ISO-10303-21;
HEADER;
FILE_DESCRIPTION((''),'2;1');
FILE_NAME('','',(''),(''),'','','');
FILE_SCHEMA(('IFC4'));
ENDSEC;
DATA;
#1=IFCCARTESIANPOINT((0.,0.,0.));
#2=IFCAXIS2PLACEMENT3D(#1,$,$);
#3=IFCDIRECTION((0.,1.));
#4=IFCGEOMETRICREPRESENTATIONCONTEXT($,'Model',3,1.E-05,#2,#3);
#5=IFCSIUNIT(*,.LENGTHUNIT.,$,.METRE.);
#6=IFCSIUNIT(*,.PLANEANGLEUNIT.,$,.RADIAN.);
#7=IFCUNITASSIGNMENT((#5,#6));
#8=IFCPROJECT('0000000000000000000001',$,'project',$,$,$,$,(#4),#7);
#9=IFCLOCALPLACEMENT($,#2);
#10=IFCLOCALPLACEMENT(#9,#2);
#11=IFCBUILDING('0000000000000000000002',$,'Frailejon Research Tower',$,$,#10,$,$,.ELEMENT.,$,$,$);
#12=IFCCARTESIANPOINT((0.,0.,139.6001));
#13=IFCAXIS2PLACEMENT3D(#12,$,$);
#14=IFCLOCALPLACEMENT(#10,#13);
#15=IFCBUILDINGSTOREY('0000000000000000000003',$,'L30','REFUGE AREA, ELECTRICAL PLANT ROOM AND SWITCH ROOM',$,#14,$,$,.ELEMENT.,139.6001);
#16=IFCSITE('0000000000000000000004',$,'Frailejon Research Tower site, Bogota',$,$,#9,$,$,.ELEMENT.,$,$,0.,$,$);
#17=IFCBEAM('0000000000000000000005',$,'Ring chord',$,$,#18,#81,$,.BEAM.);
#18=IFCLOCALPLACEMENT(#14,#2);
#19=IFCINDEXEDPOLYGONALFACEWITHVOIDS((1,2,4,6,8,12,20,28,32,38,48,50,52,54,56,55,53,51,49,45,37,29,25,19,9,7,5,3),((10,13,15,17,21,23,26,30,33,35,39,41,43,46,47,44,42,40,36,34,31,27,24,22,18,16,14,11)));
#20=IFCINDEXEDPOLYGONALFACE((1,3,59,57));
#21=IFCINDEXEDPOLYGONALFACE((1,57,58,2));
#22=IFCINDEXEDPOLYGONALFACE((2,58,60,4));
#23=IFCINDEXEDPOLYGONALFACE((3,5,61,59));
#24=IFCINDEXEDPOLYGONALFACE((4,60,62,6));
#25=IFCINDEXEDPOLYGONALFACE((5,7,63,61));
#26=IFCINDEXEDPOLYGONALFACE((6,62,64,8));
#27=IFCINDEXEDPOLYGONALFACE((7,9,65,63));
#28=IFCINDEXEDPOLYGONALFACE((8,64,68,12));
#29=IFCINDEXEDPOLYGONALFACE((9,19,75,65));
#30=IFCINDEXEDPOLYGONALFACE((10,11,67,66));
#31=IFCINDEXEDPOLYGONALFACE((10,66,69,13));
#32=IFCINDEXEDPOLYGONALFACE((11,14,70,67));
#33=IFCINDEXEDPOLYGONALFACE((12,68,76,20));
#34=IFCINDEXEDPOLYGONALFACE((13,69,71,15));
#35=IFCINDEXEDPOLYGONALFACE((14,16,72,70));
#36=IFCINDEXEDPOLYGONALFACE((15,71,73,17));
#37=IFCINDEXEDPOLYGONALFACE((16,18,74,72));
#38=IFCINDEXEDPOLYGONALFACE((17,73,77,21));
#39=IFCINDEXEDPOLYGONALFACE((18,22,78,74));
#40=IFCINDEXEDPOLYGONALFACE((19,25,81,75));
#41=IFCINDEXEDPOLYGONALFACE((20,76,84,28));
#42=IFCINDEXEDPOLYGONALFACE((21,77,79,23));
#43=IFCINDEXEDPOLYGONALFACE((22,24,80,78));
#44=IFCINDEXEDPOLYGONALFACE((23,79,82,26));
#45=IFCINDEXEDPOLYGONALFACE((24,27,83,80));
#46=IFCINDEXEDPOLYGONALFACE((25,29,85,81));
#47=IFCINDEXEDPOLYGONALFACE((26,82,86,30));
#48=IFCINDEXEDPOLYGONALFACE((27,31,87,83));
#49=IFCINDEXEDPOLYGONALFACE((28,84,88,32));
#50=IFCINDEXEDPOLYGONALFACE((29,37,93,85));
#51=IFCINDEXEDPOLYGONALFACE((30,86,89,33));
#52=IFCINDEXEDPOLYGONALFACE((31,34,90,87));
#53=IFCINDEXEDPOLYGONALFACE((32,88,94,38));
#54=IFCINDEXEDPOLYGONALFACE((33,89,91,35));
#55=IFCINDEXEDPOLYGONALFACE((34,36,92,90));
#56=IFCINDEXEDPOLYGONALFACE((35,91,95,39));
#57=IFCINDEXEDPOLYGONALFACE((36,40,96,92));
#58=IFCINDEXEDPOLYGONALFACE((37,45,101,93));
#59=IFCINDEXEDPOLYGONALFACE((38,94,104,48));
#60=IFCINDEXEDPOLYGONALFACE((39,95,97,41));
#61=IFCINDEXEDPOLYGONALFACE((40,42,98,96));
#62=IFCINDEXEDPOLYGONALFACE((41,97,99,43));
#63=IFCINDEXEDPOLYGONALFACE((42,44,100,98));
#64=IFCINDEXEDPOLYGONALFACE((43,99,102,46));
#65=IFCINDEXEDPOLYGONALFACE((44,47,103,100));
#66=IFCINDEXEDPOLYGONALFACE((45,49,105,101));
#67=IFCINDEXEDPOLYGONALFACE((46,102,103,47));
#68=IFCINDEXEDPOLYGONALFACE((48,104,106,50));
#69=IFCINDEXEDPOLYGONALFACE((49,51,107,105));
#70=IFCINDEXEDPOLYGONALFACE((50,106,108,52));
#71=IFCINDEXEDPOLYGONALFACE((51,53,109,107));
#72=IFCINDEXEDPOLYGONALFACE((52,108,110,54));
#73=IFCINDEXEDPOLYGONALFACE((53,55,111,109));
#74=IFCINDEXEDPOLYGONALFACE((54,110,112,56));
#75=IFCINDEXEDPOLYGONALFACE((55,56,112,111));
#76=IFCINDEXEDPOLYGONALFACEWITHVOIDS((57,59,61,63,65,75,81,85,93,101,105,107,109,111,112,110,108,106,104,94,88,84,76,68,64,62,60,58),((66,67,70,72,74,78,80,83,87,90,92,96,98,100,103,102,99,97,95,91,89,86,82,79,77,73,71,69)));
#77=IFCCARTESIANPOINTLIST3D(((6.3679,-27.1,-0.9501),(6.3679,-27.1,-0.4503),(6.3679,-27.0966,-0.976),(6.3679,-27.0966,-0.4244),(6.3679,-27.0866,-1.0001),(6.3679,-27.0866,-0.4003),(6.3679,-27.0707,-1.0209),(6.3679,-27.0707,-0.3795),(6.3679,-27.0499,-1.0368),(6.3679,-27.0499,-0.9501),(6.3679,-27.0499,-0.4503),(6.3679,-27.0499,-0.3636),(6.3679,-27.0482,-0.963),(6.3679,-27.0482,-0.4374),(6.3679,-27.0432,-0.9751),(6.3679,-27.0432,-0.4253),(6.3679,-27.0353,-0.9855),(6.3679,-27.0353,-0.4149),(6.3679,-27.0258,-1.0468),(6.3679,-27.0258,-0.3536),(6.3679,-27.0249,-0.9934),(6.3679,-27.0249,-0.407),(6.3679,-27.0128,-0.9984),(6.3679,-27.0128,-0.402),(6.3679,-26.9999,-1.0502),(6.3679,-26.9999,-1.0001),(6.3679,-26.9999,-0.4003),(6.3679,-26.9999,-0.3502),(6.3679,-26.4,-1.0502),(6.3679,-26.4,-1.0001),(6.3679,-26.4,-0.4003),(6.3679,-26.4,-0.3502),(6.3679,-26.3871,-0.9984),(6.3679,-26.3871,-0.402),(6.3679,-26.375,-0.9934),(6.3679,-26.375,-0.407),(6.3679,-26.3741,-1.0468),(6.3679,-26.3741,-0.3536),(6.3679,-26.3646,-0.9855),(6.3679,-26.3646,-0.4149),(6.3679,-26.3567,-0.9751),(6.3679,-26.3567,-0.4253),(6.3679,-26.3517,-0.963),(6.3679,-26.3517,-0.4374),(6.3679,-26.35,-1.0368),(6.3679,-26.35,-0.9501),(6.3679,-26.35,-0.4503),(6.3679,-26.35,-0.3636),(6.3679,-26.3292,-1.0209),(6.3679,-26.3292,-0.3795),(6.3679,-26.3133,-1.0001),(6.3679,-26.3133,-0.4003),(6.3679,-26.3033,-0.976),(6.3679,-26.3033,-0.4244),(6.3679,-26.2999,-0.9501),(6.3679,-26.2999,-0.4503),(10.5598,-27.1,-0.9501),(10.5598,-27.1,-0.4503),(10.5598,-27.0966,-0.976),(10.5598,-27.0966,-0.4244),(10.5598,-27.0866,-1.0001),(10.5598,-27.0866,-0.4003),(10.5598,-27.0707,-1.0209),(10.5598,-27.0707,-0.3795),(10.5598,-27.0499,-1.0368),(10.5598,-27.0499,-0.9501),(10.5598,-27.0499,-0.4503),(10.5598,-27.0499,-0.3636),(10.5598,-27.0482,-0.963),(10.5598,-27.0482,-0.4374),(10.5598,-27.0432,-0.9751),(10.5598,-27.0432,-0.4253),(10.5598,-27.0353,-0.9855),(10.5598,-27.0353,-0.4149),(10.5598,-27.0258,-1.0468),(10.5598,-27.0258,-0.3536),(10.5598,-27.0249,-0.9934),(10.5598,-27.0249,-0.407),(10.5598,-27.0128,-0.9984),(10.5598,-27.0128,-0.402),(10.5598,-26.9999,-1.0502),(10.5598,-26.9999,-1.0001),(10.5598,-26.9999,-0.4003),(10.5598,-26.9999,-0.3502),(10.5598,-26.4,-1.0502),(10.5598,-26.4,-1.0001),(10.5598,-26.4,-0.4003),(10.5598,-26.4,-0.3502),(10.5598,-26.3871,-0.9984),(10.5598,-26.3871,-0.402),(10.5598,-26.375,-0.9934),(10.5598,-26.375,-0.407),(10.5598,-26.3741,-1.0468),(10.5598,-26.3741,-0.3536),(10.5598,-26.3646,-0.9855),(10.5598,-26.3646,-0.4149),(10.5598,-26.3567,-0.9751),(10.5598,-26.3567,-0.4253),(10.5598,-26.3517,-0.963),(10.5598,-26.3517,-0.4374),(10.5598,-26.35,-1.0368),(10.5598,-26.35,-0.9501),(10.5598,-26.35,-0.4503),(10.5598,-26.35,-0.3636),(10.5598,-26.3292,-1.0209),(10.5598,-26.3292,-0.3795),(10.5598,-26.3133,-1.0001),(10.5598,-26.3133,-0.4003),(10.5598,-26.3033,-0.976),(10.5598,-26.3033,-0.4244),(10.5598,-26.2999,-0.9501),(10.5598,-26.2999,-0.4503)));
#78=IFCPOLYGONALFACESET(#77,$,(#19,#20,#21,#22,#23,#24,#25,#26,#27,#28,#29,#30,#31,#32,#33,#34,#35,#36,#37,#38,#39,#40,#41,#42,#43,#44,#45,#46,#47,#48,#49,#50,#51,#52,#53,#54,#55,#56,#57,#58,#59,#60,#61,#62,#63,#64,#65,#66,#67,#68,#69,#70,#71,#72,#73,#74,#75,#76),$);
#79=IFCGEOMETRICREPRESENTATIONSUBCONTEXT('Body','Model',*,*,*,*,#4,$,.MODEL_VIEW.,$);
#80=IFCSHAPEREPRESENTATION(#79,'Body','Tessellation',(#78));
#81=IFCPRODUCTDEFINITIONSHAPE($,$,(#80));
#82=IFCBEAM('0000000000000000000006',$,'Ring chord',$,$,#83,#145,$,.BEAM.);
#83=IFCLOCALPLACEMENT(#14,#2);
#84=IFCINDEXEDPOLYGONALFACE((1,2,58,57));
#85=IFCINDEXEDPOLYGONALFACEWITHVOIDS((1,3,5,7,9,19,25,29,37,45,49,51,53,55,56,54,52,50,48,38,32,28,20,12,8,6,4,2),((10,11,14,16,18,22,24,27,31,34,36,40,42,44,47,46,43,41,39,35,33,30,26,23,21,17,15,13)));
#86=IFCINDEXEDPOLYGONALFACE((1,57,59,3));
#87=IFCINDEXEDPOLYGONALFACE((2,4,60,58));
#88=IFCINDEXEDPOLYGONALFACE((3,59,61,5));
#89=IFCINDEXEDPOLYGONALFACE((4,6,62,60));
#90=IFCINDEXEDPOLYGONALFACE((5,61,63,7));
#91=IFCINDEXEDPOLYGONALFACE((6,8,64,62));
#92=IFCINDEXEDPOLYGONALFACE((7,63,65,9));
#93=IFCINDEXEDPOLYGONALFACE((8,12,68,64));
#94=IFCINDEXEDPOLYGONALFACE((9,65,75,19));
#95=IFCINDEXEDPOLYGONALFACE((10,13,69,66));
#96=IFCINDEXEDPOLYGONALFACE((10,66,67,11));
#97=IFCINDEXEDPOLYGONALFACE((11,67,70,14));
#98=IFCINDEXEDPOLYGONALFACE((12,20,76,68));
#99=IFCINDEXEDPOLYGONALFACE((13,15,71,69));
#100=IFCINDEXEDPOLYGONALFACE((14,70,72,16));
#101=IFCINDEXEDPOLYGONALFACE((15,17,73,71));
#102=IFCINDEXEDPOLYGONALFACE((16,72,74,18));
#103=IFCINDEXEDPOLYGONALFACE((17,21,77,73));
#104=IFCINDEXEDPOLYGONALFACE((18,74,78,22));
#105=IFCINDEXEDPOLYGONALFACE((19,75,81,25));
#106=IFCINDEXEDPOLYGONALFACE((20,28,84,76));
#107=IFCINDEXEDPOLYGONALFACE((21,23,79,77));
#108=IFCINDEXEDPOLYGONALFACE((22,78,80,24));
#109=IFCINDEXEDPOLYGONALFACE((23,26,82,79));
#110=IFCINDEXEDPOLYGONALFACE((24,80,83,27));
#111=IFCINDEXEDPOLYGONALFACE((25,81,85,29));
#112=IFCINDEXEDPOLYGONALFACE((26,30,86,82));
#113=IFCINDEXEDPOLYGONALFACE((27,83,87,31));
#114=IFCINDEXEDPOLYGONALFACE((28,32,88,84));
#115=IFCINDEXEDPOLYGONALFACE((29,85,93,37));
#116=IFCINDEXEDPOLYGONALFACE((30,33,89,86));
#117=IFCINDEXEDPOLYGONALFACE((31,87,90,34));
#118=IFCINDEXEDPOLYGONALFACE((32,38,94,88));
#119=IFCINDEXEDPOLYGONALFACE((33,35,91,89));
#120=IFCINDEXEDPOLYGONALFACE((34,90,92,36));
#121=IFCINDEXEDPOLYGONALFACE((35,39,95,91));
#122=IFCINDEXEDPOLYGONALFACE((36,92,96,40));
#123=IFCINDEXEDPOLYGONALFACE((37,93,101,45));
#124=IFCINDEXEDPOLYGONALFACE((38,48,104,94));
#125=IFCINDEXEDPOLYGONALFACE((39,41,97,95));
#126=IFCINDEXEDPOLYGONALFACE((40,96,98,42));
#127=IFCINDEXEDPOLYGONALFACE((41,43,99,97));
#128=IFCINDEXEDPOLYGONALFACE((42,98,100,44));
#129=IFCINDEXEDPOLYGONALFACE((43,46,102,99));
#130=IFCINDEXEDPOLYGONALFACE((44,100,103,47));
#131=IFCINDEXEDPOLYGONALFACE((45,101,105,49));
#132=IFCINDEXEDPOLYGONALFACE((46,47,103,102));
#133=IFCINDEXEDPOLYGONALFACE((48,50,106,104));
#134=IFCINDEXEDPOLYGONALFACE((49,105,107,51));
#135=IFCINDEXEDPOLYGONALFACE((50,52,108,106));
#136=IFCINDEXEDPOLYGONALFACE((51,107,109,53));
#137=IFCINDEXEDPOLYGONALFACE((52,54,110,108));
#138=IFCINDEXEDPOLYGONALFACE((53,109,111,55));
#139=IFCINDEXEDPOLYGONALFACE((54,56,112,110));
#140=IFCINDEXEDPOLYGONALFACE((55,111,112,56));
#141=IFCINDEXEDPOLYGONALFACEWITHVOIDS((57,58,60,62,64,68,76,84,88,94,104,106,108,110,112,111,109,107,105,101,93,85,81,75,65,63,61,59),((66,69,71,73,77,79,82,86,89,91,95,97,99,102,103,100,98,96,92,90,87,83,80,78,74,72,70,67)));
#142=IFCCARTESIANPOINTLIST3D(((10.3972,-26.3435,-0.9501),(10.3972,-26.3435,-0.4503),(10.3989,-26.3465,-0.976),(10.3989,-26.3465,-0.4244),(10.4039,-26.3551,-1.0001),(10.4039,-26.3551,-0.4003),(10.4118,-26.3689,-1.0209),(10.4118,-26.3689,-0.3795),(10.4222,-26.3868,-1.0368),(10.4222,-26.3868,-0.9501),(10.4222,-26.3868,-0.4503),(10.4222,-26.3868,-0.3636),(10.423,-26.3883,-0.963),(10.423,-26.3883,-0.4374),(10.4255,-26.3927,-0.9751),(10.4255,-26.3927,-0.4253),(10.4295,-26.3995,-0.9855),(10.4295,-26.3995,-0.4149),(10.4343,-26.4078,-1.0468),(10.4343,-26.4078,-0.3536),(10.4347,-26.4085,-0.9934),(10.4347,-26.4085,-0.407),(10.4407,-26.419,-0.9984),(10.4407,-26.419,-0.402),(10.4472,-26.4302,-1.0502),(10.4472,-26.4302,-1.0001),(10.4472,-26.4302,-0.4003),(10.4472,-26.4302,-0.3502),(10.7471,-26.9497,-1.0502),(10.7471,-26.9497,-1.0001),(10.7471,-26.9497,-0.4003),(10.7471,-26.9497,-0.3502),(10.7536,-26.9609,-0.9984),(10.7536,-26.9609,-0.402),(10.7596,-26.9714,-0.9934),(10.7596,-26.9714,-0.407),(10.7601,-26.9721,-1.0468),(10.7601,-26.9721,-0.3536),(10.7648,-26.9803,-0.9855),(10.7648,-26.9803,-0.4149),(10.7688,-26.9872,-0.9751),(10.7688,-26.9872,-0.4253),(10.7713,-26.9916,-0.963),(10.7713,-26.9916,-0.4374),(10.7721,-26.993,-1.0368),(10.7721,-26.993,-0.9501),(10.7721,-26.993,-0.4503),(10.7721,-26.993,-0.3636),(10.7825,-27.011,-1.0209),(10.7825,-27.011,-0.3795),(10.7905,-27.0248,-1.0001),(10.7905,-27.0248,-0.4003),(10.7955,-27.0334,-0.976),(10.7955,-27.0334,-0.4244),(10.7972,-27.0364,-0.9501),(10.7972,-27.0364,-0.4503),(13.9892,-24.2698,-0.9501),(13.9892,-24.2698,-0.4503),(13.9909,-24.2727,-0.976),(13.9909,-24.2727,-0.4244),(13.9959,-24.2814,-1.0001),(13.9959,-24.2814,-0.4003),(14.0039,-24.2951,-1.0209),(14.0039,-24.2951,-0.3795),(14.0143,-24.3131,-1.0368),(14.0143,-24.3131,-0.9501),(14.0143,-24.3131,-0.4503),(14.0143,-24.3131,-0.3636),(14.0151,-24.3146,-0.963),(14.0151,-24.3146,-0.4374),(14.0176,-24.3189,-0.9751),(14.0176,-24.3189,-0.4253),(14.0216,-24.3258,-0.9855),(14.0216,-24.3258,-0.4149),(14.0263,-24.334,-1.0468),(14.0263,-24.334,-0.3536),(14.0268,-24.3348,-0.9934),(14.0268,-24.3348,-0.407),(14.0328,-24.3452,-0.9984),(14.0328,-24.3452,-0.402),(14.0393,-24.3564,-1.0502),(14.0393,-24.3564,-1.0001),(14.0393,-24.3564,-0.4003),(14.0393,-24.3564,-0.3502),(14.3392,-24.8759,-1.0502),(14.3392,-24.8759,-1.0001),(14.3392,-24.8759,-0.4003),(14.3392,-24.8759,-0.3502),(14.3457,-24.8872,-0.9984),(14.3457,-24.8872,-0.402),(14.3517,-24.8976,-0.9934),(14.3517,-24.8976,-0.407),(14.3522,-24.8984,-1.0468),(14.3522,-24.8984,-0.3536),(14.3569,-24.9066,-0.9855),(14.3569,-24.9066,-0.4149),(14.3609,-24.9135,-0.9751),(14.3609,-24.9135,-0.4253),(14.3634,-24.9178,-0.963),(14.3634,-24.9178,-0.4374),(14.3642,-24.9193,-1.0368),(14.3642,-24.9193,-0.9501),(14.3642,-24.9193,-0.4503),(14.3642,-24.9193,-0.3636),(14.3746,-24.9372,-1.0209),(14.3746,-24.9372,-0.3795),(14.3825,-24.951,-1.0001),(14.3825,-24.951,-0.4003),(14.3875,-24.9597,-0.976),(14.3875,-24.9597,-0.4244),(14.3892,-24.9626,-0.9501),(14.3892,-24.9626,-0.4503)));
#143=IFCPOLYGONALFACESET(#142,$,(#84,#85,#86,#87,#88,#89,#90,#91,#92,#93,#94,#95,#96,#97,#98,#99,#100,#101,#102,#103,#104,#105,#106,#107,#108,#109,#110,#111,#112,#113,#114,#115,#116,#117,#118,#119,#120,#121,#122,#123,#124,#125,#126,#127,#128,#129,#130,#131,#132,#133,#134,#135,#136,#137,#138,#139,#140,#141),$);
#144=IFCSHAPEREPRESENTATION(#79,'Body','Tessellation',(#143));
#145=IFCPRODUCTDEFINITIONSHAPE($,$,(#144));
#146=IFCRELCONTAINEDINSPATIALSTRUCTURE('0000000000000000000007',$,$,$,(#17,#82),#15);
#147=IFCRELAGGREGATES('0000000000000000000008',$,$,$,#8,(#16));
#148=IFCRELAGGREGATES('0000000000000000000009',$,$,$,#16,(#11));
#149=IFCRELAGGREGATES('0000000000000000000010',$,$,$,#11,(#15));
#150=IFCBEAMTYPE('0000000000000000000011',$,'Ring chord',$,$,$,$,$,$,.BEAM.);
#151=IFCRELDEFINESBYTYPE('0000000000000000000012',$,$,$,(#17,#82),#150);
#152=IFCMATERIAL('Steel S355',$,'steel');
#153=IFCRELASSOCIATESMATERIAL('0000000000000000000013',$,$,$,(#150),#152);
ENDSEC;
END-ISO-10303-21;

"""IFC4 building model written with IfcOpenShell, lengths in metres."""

from ifc_helpers import new_model, si_unit, direction, frame, origin, origin_2d, place, context, subcontext, project, spatial, hollow_rectangle, extrude, material, material_profile, profile_set, type_object, element, save


model = new_model("IFC4")

# Units and contexts
model_context = context("Model", 3, precision=1e-05, world=origin(), true_north=direction((0.0, 1.0)))
body_context = subcontext(model_context, "Body", "Model", "MODEL_VIEW")
ifc_project = project(units=[si_unit("LENGTHUNIT", "METRE"), si_unit("PLANEANGLEUNIT", "RADIAN")], contexts=[model_context])

# Site, building, storey
site_placement = place(None, origin())
site = spatial("IfcSite", under=ifc_project, at=site_placement, Name="Frailejon Research Tower site, Bogota", CompositionType="ELEMENT", RefElevation=0.0)
building_placement = place(site_placement, origin())
building = spatial("IfcBuilding", under=site, at=building_placement, Name="Frailejon Research Tower", CompositionType="ELEMENT")
storey_placement = place(building_placement, frame((0.0, 0.0, 139.6001)))
storey = spatial("IfcBuildingStorey", under=building, at=storey_placement, Name="L30", Description="REFUGE AREA, ELECTRICAL PLANT ROOM AND SWITCH ROOM", CompositionType="ELEMENT", Elevation=139.6001)

# Beams
ifc_material_1 = material(Name="Steel S355", Category="steel")
ifc_material_profile_1 = material_profile(ifc_material_1, hollow_rectangle(XDim=0.8, YDim=0.7, WallThickness=0.05, InnerFilletRadius=0.05, OuterFilletRadius=0.1001, at=origin_2d()), Name="Ring chord")
ifc_profile_set_1 = profile_set([ifc_material_profile_1], Name="Steel S355")
beam_type_1 = type_object("IfcBeamType", Name="Ring chord", PredefinedType="BEAM", material=ifc_profile_set_1)
for number, where, z_axis, x_axis, name in (
    (1, (6.3679, -26.7, -0.7002), (1.0, 0.0, 0.0), (0.0, 1.0, 0.0), "Ring chord"),
):
    element("IfcBeam", number, at=place(storey_placement, frame(where, z_axis=z_axis, x_axis=x_axis)), inside=storey, type_object=beam_type_1, Name=name, PredefinedType="BEAM", context=body_context, shape_type="SweptSolid", body=[
        extrude(hollow_rectangle(XDim=0.8, YDim=0.7, WallThickness=0.05, InnerFilletRadius=0.05, OuterFilletRadius=0.1001, at=origin_2d()), origin(), (0.0, 0.0, 1.0), 4.1919),
    ])
beam_1_placement = place(storey_placement, frame((10.5972, -26.6899, -0.7002), z_axis=(0.86604, 0.499976, 0.0), x_axis=(-0.499976, 0.86604, 0.0)))
element("IfcBeam", 2, at=beam_1_placement, inside=storey, type_object=beam_type_1, Name="Ring chord", PredefinedType="BEAM", context=body_context, shape_type="SweptSolid", body=[
    extrude(hollow_rectangle(XDim=0.8, YDim=0.7, WallThickness=0.05, InnerFilletRadius=0.05, OuterFilletRadius=0.1001, at=origin_2d()), origin(), (0.0, 0.0, 1.0), 4.1477),
])

save(model, "model.ifc")
